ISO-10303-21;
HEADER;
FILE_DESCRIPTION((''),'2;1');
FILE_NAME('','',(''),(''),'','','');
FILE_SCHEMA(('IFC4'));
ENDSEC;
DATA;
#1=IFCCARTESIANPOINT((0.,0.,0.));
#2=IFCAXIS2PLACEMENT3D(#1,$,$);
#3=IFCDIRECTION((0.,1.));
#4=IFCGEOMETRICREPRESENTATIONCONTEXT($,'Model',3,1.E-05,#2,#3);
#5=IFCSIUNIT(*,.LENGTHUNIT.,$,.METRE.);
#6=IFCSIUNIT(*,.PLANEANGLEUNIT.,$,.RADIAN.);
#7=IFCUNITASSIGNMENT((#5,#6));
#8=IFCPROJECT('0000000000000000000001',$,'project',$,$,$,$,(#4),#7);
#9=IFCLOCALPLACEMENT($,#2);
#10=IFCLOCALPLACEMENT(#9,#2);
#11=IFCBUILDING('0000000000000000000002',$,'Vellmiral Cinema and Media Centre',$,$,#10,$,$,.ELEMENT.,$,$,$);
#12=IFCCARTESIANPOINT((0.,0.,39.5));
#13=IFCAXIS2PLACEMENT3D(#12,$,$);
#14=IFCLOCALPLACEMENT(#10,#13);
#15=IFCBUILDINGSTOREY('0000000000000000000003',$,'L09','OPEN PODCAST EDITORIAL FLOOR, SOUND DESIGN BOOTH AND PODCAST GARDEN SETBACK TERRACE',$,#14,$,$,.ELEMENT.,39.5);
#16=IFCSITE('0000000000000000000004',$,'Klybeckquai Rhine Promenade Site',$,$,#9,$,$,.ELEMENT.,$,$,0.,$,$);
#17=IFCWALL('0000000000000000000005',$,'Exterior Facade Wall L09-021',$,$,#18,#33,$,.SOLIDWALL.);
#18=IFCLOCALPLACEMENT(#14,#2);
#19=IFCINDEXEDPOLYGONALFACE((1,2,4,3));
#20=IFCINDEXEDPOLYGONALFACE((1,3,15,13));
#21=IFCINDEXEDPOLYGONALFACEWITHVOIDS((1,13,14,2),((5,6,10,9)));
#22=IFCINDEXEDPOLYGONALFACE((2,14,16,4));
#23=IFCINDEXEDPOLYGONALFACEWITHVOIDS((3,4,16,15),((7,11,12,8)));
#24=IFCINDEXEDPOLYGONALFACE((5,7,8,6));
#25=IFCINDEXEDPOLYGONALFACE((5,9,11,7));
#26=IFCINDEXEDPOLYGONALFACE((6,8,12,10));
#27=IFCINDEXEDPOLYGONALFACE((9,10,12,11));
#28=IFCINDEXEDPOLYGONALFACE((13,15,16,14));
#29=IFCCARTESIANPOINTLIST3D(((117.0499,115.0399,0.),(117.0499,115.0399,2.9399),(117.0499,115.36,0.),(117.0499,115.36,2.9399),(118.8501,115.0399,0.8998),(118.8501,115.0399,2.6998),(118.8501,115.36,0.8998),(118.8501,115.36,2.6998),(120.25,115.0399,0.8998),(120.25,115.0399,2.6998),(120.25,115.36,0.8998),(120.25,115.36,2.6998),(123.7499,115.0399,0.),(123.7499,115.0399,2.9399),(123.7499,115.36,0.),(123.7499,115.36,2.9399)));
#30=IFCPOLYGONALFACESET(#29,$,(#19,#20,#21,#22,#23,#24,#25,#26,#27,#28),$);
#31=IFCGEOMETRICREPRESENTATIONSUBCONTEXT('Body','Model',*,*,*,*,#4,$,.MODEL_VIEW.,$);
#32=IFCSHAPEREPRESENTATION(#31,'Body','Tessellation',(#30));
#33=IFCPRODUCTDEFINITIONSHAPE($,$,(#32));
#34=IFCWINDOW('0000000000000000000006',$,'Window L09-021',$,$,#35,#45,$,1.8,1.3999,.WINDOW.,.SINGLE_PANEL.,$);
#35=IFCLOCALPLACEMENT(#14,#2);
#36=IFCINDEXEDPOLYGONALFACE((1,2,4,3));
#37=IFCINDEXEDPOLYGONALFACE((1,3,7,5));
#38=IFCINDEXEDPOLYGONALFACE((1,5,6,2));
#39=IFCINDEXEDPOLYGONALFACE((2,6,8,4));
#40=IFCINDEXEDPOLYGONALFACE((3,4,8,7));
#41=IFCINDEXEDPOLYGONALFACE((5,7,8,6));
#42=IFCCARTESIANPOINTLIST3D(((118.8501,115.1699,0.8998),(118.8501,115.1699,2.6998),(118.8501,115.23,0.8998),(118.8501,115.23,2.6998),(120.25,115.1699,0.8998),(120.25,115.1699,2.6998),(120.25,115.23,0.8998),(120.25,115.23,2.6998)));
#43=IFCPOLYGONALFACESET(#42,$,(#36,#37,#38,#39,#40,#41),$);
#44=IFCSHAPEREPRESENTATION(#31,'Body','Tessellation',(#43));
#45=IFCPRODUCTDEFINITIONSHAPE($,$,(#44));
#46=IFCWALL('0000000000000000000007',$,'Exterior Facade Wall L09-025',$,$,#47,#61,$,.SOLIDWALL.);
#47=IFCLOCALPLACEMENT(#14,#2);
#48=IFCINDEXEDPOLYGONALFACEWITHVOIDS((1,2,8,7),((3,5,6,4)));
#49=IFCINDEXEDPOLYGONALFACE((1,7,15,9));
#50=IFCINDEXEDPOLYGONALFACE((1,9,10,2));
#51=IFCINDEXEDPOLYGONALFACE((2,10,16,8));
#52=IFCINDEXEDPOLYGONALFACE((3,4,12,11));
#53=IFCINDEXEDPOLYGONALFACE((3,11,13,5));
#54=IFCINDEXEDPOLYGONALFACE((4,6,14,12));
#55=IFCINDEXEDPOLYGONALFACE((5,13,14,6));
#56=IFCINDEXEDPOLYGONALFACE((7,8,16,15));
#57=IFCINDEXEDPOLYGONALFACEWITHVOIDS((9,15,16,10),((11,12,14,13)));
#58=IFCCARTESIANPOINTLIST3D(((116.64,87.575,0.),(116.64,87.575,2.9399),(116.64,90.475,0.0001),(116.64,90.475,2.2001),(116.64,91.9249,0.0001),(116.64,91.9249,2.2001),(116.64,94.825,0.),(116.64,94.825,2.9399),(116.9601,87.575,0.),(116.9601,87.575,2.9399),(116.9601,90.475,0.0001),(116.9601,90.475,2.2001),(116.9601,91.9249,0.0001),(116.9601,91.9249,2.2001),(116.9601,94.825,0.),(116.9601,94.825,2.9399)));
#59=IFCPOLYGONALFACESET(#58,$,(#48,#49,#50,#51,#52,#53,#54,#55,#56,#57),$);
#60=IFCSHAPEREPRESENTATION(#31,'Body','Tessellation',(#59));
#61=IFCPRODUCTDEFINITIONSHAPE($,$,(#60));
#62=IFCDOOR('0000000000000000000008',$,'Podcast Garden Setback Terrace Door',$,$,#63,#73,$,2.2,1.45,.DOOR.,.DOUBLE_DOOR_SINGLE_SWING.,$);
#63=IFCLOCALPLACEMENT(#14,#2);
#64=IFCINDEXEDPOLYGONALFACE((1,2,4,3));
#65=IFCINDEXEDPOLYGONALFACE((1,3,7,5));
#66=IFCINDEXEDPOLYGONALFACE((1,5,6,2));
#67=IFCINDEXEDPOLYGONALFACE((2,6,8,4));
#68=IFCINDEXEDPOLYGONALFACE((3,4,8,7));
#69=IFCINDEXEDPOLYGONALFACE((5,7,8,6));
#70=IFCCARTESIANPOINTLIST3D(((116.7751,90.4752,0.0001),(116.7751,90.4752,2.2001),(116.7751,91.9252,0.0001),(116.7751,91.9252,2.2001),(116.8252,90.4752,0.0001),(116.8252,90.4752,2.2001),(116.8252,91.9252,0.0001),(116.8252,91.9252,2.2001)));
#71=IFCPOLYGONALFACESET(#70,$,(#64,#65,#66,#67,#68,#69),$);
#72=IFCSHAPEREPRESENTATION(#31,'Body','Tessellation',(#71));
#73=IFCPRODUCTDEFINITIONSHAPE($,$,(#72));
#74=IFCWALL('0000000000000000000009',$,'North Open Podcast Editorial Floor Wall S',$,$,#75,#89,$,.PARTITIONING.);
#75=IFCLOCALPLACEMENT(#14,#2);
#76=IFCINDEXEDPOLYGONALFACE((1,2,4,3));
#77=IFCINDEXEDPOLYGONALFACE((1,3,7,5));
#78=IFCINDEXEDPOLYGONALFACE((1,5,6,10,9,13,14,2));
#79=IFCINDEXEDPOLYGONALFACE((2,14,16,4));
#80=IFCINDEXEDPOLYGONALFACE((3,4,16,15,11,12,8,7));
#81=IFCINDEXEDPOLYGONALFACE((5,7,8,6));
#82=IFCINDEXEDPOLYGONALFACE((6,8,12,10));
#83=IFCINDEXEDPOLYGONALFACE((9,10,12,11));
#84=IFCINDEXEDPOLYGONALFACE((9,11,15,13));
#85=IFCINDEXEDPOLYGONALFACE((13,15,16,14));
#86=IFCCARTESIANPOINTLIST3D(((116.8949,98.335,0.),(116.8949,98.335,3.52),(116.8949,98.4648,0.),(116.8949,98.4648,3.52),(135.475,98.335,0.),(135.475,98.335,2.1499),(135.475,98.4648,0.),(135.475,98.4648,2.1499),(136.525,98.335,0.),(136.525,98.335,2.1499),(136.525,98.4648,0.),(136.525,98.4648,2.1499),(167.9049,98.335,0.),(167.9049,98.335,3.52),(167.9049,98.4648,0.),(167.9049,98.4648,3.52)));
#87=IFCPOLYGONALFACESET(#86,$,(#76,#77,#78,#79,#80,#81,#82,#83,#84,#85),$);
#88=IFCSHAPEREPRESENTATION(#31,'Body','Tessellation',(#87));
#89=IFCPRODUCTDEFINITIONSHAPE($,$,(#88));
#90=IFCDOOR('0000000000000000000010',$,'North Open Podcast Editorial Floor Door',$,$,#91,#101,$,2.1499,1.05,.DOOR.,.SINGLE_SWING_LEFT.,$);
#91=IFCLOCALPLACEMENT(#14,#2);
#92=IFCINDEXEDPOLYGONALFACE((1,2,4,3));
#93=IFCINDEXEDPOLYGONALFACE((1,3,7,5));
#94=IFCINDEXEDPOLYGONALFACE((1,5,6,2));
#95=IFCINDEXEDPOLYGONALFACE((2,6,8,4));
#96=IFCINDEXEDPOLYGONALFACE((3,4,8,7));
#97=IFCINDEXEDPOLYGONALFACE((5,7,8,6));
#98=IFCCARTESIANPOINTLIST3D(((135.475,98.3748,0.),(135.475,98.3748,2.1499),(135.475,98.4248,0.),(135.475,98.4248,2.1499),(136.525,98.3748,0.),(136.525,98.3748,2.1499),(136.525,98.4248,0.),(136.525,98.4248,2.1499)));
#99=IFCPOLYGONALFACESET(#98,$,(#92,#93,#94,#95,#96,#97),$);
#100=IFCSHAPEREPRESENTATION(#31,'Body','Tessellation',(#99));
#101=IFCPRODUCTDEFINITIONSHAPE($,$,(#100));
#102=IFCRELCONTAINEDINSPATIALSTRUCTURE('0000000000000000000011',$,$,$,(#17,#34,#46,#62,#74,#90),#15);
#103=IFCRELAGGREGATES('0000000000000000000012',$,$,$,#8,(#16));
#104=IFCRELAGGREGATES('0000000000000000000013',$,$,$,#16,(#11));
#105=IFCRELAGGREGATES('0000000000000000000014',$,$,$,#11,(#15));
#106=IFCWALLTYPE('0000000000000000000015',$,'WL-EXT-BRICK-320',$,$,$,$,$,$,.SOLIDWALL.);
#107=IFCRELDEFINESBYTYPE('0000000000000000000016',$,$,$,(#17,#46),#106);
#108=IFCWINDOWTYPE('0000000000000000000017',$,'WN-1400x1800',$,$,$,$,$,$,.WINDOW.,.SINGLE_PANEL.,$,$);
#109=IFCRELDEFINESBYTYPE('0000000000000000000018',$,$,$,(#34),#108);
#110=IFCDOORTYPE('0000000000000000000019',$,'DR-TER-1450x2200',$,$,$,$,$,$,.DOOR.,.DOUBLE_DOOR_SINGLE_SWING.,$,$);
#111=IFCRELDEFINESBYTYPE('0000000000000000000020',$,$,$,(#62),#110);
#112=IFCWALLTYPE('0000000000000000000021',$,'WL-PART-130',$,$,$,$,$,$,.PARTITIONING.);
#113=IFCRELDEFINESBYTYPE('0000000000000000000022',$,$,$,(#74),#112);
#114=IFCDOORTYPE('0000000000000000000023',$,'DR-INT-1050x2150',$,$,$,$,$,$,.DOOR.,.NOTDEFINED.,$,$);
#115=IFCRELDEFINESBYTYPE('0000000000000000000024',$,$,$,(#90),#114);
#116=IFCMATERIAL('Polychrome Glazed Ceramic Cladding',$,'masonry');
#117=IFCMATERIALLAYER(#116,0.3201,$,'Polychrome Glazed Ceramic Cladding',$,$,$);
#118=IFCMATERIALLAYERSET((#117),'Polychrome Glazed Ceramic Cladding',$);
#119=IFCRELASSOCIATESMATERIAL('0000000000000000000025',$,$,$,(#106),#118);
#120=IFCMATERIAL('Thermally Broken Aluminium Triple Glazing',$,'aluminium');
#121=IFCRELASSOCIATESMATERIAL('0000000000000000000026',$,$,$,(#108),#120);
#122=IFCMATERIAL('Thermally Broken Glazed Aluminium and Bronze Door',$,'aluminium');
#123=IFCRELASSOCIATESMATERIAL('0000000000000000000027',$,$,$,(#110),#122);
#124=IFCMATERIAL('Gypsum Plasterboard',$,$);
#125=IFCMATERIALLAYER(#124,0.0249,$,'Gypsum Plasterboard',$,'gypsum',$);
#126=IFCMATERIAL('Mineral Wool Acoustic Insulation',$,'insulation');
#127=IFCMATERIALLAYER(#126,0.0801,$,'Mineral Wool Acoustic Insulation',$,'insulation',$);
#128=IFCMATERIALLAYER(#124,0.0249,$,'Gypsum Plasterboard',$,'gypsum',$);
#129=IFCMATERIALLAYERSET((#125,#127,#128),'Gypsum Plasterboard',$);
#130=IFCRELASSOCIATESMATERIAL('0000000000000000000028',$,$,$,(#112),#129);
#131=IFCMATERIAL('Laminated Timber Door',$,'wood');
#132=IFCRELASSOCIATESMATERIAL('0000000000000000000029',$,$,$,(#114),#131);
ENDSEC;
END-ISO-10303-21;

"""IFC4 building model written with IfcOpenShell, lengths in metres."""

from ifc_helpers import new_model, si_unit, direction, frame, frame_2d, origin, place, context, subcontext, project, spatial, rectangle, extrude, material, layer, layer_set, type_object, element, fill, save


model = new_model("IFC4")

# Units and contexts
model_context = context("Model", 3, precision=1e-05, world=origin(), true_north=direction((0.0, 1.0)))
body_context = subcontext(model_context, "Body", "Model", "MODEL_VIEW")
ifc_project = project(units=[si_unit("LENGTHUNIT", "METRE"), si_unit("PLANEANGLEUNIT", "RADIAN")], contexts=[model_context])

# Site, building, storey
site_placement = place(None, origin())
site = spatial("IfcSite", under=ifc_project, at=site_placement, Name="Klybeckquai Rhine Promenade Site", CompositionType="ELEMENT", RefElevation=0.0)
building_placement = place(site_placement, origin())
building = spatial("IfcBuilding", under=site, at=building_placement, Name="Vellmiral Cinema and Media Centre", CompositionType="ELEMENT")
storey_placement = place(building_placement, frame((0.0, 0.0, 39.5)))
storey = spatial("IfcBuildingStorey", under=building, at=storey_placement, Name="L09", Description="OPEN PODCAST EDITORIAL FLOOR, SOUND DESIGN BOOTH AND PODCAST GARDEN SETBACK TERRACE", CompositionType="ELEMENT", Elevation=39.5)

# Wall, opening, window
ifc_material_1 = material(Name="Polychrome Glazed Ceramic Cladding", Category="masonry")
ifc_layer_1 = layer(ifc_material_1, 0.3201, Name="Polychrome Glazed Ceramic Cladding")
ifc_layer_set_1 = layer_set([ifc_layer_1], Name="Polychrome Glazed Ceramic Cladding")
wall_type_1 = type_object("IfcWallType", Name="WL-EXT-BRICK-320", PredefinedType="SOLIDWALL", material=ifc_layer_set_1)
wall_1_placement = place(storey_placement, frame((123.75, 115.2, 0.0), z_axis=(0.0, 0.0, 1.0), x_axis=(-1.0, 0.0, 0.0)))
wall_1 = element("IfcWall", 1, at=wall_1_placement, inside=storey, type_object=wall_type_1, Name="Exterior Facade Wall L09-021", PredefinedType="SOLIDWALL", context=body_context, shape_type="SweptSolid", body=[
    extrude(rectangle(XDim=6.7, YDim=0.3201, at=frame_2d((3.3501, 0.0))), origin(), (0.0, 0.0, 1.0), 2.9399),
])
opening_1_placement = place(wall_1_placement, frame((3.5, 0.0, 0.8999)))
opening_1 = element("IfcOpeningElement", 2, at=opening_1_placement, cuts=wall_1, PredefinedType="OPENING", context=body_context, shape_type="SweptSolid", body=[
    extrude(rectangle(XDim=1.3999, YDim=1.8, at=frame_2d((0.7, 0.8999))), frame((0.0, 0.1719, 0.0), z_axis=(0.0, -1.0, 0.0), x_axis=(1.0, 0.0, 0.0)), (0.0, 0.0, 1.0), 0.344),
])
ifc_material_2 = material(Name="Thermally Broken Aluminium Triple Glazing", Category="aluminium")
window_type = type_object("IfcWindowType", Name="WN-1400x1800", PartitioningType="SINGLE_PANEL", PredefinedType="WINDOW", material=ifc_material_2)
window_placement = place(opening_1_placement, origin())
window = element("IfcWindow", 3, at=window_placement, inside=storey, type_object=window_type, Name="Window L09-021", OverallHeight=1.8, OverallWidth=1.3999, PartitioningType="SINGLE_PANEL", PredefinedType="WINDOW", context=body_context, shape_type="SweptSolid", body=[
    extrude(rectangle(XDim=1.3999, YDim=1.8, at=frame_2d((0.7, 0.8999))), frame((0.0, 0.03, 0.0), z_axis=(0.0, -1.0, 0.0), x_axis=(1.0, 0.0, 0.0)), (0.0, 0.0, 1.0), 0.0601),
])
fill(opening_1, window)

# Walls, openings, doors
wall_2_placement = place(storey_placement, frame((116.8, 94.825, 0.0), z_axis=(0.0, 0.0, 1.0), x_axis=(0.0, -1.0, 0.0)))
wall_2 = element("IfcWall", 4, at=wall_2_placement, inside=storey, type_object=wall_type_1, Name="Exterior Facade Wall L09-025", PredefinedType="SOLIDWALL", context=body_context, shape_type="SweptSolid", body=[
    extrude(rectangle(XDim=7.25, YDim=0.3201, at=frame_2d((3.625, 0.0))), origin(), (0.0, 0.0, 1.0), 2.9399),
])
opening_2_placement = place(wall_2_placement, frame((2.8999, 0.0, 0.0)))
opening_2 = element("IfcOpeningElement", 5, at=opening_2_placement, cuts=wall_2, PredefinedType="OPENING", context=body_context, shape_type="SweptSolid", body=[
    extrude(rectangle(XDim=1.45, YDim=2.2, at=frame_2d((0.7251, 1.1001))), frame((0.0, 0.1719, 0.0), z_axis=(0.0, -1.0, 0.0), x_axis=(1.0, 0.0, 0.0)), (0.0, 0.0, 1.0), 0.344),
])
ifc_material_3 = material(Name="Thermally Broken Glazed Aluminium and Bronze Door", Category="aluminium")
door_type_1 = type_object("IfcDoorType", Name="DR-TER-1450x2200", OperationType="DOUBLE_DOOR_SINGLE_SWING", PredefinedType="DOOR", material=ifc_material_3)
door_1_placement = place(opening_2_placement, frame((1.45, 0.0, 0.0), z_axis=(0.0, 0.0, 1.0), x_axis=(-1.0, 0.0, 0.0)))
door_1 = element("IfcDoor", 6, at=door_1_placement, inside=storey, type_object=door_type_1, Name="Podcast Garden Setback Terrace Door", OperationType="DOUBLE_DOOR_SINGLE_SWING", OverallHeight=2.2, OverallWidth=1.45, PredefinedType="DOOR", context=body_context, shape_type="SweptSolid", body=[
    extrude(rectangle(XDim=1.45, YDim=2.2, at=frame_2d((0.7251, 1.1001))), frame((0.0, 0.0249, 0.0), z_axis=(0.0, -1.0, 0.0), x_axis=(1.0, 0.0, 0.0)), (0.0, 0.0, 1.0), 0.05),
])
fill(opening_2, door_1)
ifc_material_4 = material(Name="Gypsum Plasterboard")
ifc_layer_2 = layer(ifc_material_4, 0.0249, Name="Gypsum Plasterboard", Category="gypsum")
ifc_material_5 = material(Name="Mineral Wool Acoustic Insulation", Category="insulation")
ifc_layer_3 = layer(ifc_material_5, 0.0801, Name="Mineral Wool Acoustic Insulation", Category="insulation")
ifc_layer_4 = layer(ifc_material_4, 0.0249, Name="Gypsum Plasterboard", Category="gypsum")
ifc_layer_set_2 = layer_set([ifc_layer_2, ifc_layer_3, ifc_layer_4], Name="Gypsum Plasterboard")
wall_type_2 = type_object("IfcWallType", Name="WL-PART-130", PredefinedType="PARTITIONING", material=ifc_layer_set_2)
wall_3_placement = place(storey_placement, frame((116.895, 98.3999, 0.0), z_axis=(0.0, 0.0, 1.0), x_axis=(1.0, 0.0, 0.0)))
wall_3 = element("IfcWall", 7, at=wall_3_placement, inside=storey, type_object=wall_type_2, Name="North Open Podcast Editorial Floor Wall S", PredefinedType="PARTITIONING", context=body_context, shape_type="SweptSolid", body=[
    extrude(rectangle(XDim=51.01, YDim=0.1299, at=frame_2d((25.5049, 0.0))), origin(), (0.0, 0.0, 1.0), 3.52),
])
opening_3_placement = place(wall_3_placement, frame((18.5801, 0.0, 0.0)))
opening_3 = element("IfcOpeningElement", 8, at=opening_3_placement, cuts=wall_3, PredefinedType="OPENING", context=body_context, shape_type="SweptSolid", body=[
    extrude(rectangle(XDim=1.05, YDim=2.1499, at=frame_2d((0.5249, 1.075))), frame((0.0, 0.0769, 0.0), z_axis=(0.0, -1.0, 0.0), x_axis=(1.0, 0.0, 0.0)), (0.0, 0.0, 1.0), 0.1538),
])
ifc_material_6 = material(Name="Laminated Timber Door", Category="wood")
door_type_2 = type_object("IfcDoorType", Name="DR-INT-1050x2150", OperationType="NOTDEFINED", PredefinedType="DOOR", material=ifc_material_6)
door_2_placement = place(opening_3_placement, origin())
door_2 = element("IfcDoor", 9, at=door_2_placement, inside=storey, type_object=door_type_2, Name="North Open Podcast Editorial Floor Door", OperationType="SINGLE_SWING_LEFT", OverallHeight=2.1499, OverallWidth=1.05, PredefinedType="DOOR", context=body_context, shape_type="SweptSolid", body=[
    extrude(rectangle(XDim=1.05, YDim=2.1499, at=frame_2d((0.5249, 1.075))), frame((0.0, 0.0249, 0.0), z_axis=(0.0, -1.0, 0.0), x_axis=(1.0, 0.0, 0.0)), (0.0, 0.0, 1.0), 0.05),
])
fill(opening_3, door_2)

save(model, "model.ifc")
